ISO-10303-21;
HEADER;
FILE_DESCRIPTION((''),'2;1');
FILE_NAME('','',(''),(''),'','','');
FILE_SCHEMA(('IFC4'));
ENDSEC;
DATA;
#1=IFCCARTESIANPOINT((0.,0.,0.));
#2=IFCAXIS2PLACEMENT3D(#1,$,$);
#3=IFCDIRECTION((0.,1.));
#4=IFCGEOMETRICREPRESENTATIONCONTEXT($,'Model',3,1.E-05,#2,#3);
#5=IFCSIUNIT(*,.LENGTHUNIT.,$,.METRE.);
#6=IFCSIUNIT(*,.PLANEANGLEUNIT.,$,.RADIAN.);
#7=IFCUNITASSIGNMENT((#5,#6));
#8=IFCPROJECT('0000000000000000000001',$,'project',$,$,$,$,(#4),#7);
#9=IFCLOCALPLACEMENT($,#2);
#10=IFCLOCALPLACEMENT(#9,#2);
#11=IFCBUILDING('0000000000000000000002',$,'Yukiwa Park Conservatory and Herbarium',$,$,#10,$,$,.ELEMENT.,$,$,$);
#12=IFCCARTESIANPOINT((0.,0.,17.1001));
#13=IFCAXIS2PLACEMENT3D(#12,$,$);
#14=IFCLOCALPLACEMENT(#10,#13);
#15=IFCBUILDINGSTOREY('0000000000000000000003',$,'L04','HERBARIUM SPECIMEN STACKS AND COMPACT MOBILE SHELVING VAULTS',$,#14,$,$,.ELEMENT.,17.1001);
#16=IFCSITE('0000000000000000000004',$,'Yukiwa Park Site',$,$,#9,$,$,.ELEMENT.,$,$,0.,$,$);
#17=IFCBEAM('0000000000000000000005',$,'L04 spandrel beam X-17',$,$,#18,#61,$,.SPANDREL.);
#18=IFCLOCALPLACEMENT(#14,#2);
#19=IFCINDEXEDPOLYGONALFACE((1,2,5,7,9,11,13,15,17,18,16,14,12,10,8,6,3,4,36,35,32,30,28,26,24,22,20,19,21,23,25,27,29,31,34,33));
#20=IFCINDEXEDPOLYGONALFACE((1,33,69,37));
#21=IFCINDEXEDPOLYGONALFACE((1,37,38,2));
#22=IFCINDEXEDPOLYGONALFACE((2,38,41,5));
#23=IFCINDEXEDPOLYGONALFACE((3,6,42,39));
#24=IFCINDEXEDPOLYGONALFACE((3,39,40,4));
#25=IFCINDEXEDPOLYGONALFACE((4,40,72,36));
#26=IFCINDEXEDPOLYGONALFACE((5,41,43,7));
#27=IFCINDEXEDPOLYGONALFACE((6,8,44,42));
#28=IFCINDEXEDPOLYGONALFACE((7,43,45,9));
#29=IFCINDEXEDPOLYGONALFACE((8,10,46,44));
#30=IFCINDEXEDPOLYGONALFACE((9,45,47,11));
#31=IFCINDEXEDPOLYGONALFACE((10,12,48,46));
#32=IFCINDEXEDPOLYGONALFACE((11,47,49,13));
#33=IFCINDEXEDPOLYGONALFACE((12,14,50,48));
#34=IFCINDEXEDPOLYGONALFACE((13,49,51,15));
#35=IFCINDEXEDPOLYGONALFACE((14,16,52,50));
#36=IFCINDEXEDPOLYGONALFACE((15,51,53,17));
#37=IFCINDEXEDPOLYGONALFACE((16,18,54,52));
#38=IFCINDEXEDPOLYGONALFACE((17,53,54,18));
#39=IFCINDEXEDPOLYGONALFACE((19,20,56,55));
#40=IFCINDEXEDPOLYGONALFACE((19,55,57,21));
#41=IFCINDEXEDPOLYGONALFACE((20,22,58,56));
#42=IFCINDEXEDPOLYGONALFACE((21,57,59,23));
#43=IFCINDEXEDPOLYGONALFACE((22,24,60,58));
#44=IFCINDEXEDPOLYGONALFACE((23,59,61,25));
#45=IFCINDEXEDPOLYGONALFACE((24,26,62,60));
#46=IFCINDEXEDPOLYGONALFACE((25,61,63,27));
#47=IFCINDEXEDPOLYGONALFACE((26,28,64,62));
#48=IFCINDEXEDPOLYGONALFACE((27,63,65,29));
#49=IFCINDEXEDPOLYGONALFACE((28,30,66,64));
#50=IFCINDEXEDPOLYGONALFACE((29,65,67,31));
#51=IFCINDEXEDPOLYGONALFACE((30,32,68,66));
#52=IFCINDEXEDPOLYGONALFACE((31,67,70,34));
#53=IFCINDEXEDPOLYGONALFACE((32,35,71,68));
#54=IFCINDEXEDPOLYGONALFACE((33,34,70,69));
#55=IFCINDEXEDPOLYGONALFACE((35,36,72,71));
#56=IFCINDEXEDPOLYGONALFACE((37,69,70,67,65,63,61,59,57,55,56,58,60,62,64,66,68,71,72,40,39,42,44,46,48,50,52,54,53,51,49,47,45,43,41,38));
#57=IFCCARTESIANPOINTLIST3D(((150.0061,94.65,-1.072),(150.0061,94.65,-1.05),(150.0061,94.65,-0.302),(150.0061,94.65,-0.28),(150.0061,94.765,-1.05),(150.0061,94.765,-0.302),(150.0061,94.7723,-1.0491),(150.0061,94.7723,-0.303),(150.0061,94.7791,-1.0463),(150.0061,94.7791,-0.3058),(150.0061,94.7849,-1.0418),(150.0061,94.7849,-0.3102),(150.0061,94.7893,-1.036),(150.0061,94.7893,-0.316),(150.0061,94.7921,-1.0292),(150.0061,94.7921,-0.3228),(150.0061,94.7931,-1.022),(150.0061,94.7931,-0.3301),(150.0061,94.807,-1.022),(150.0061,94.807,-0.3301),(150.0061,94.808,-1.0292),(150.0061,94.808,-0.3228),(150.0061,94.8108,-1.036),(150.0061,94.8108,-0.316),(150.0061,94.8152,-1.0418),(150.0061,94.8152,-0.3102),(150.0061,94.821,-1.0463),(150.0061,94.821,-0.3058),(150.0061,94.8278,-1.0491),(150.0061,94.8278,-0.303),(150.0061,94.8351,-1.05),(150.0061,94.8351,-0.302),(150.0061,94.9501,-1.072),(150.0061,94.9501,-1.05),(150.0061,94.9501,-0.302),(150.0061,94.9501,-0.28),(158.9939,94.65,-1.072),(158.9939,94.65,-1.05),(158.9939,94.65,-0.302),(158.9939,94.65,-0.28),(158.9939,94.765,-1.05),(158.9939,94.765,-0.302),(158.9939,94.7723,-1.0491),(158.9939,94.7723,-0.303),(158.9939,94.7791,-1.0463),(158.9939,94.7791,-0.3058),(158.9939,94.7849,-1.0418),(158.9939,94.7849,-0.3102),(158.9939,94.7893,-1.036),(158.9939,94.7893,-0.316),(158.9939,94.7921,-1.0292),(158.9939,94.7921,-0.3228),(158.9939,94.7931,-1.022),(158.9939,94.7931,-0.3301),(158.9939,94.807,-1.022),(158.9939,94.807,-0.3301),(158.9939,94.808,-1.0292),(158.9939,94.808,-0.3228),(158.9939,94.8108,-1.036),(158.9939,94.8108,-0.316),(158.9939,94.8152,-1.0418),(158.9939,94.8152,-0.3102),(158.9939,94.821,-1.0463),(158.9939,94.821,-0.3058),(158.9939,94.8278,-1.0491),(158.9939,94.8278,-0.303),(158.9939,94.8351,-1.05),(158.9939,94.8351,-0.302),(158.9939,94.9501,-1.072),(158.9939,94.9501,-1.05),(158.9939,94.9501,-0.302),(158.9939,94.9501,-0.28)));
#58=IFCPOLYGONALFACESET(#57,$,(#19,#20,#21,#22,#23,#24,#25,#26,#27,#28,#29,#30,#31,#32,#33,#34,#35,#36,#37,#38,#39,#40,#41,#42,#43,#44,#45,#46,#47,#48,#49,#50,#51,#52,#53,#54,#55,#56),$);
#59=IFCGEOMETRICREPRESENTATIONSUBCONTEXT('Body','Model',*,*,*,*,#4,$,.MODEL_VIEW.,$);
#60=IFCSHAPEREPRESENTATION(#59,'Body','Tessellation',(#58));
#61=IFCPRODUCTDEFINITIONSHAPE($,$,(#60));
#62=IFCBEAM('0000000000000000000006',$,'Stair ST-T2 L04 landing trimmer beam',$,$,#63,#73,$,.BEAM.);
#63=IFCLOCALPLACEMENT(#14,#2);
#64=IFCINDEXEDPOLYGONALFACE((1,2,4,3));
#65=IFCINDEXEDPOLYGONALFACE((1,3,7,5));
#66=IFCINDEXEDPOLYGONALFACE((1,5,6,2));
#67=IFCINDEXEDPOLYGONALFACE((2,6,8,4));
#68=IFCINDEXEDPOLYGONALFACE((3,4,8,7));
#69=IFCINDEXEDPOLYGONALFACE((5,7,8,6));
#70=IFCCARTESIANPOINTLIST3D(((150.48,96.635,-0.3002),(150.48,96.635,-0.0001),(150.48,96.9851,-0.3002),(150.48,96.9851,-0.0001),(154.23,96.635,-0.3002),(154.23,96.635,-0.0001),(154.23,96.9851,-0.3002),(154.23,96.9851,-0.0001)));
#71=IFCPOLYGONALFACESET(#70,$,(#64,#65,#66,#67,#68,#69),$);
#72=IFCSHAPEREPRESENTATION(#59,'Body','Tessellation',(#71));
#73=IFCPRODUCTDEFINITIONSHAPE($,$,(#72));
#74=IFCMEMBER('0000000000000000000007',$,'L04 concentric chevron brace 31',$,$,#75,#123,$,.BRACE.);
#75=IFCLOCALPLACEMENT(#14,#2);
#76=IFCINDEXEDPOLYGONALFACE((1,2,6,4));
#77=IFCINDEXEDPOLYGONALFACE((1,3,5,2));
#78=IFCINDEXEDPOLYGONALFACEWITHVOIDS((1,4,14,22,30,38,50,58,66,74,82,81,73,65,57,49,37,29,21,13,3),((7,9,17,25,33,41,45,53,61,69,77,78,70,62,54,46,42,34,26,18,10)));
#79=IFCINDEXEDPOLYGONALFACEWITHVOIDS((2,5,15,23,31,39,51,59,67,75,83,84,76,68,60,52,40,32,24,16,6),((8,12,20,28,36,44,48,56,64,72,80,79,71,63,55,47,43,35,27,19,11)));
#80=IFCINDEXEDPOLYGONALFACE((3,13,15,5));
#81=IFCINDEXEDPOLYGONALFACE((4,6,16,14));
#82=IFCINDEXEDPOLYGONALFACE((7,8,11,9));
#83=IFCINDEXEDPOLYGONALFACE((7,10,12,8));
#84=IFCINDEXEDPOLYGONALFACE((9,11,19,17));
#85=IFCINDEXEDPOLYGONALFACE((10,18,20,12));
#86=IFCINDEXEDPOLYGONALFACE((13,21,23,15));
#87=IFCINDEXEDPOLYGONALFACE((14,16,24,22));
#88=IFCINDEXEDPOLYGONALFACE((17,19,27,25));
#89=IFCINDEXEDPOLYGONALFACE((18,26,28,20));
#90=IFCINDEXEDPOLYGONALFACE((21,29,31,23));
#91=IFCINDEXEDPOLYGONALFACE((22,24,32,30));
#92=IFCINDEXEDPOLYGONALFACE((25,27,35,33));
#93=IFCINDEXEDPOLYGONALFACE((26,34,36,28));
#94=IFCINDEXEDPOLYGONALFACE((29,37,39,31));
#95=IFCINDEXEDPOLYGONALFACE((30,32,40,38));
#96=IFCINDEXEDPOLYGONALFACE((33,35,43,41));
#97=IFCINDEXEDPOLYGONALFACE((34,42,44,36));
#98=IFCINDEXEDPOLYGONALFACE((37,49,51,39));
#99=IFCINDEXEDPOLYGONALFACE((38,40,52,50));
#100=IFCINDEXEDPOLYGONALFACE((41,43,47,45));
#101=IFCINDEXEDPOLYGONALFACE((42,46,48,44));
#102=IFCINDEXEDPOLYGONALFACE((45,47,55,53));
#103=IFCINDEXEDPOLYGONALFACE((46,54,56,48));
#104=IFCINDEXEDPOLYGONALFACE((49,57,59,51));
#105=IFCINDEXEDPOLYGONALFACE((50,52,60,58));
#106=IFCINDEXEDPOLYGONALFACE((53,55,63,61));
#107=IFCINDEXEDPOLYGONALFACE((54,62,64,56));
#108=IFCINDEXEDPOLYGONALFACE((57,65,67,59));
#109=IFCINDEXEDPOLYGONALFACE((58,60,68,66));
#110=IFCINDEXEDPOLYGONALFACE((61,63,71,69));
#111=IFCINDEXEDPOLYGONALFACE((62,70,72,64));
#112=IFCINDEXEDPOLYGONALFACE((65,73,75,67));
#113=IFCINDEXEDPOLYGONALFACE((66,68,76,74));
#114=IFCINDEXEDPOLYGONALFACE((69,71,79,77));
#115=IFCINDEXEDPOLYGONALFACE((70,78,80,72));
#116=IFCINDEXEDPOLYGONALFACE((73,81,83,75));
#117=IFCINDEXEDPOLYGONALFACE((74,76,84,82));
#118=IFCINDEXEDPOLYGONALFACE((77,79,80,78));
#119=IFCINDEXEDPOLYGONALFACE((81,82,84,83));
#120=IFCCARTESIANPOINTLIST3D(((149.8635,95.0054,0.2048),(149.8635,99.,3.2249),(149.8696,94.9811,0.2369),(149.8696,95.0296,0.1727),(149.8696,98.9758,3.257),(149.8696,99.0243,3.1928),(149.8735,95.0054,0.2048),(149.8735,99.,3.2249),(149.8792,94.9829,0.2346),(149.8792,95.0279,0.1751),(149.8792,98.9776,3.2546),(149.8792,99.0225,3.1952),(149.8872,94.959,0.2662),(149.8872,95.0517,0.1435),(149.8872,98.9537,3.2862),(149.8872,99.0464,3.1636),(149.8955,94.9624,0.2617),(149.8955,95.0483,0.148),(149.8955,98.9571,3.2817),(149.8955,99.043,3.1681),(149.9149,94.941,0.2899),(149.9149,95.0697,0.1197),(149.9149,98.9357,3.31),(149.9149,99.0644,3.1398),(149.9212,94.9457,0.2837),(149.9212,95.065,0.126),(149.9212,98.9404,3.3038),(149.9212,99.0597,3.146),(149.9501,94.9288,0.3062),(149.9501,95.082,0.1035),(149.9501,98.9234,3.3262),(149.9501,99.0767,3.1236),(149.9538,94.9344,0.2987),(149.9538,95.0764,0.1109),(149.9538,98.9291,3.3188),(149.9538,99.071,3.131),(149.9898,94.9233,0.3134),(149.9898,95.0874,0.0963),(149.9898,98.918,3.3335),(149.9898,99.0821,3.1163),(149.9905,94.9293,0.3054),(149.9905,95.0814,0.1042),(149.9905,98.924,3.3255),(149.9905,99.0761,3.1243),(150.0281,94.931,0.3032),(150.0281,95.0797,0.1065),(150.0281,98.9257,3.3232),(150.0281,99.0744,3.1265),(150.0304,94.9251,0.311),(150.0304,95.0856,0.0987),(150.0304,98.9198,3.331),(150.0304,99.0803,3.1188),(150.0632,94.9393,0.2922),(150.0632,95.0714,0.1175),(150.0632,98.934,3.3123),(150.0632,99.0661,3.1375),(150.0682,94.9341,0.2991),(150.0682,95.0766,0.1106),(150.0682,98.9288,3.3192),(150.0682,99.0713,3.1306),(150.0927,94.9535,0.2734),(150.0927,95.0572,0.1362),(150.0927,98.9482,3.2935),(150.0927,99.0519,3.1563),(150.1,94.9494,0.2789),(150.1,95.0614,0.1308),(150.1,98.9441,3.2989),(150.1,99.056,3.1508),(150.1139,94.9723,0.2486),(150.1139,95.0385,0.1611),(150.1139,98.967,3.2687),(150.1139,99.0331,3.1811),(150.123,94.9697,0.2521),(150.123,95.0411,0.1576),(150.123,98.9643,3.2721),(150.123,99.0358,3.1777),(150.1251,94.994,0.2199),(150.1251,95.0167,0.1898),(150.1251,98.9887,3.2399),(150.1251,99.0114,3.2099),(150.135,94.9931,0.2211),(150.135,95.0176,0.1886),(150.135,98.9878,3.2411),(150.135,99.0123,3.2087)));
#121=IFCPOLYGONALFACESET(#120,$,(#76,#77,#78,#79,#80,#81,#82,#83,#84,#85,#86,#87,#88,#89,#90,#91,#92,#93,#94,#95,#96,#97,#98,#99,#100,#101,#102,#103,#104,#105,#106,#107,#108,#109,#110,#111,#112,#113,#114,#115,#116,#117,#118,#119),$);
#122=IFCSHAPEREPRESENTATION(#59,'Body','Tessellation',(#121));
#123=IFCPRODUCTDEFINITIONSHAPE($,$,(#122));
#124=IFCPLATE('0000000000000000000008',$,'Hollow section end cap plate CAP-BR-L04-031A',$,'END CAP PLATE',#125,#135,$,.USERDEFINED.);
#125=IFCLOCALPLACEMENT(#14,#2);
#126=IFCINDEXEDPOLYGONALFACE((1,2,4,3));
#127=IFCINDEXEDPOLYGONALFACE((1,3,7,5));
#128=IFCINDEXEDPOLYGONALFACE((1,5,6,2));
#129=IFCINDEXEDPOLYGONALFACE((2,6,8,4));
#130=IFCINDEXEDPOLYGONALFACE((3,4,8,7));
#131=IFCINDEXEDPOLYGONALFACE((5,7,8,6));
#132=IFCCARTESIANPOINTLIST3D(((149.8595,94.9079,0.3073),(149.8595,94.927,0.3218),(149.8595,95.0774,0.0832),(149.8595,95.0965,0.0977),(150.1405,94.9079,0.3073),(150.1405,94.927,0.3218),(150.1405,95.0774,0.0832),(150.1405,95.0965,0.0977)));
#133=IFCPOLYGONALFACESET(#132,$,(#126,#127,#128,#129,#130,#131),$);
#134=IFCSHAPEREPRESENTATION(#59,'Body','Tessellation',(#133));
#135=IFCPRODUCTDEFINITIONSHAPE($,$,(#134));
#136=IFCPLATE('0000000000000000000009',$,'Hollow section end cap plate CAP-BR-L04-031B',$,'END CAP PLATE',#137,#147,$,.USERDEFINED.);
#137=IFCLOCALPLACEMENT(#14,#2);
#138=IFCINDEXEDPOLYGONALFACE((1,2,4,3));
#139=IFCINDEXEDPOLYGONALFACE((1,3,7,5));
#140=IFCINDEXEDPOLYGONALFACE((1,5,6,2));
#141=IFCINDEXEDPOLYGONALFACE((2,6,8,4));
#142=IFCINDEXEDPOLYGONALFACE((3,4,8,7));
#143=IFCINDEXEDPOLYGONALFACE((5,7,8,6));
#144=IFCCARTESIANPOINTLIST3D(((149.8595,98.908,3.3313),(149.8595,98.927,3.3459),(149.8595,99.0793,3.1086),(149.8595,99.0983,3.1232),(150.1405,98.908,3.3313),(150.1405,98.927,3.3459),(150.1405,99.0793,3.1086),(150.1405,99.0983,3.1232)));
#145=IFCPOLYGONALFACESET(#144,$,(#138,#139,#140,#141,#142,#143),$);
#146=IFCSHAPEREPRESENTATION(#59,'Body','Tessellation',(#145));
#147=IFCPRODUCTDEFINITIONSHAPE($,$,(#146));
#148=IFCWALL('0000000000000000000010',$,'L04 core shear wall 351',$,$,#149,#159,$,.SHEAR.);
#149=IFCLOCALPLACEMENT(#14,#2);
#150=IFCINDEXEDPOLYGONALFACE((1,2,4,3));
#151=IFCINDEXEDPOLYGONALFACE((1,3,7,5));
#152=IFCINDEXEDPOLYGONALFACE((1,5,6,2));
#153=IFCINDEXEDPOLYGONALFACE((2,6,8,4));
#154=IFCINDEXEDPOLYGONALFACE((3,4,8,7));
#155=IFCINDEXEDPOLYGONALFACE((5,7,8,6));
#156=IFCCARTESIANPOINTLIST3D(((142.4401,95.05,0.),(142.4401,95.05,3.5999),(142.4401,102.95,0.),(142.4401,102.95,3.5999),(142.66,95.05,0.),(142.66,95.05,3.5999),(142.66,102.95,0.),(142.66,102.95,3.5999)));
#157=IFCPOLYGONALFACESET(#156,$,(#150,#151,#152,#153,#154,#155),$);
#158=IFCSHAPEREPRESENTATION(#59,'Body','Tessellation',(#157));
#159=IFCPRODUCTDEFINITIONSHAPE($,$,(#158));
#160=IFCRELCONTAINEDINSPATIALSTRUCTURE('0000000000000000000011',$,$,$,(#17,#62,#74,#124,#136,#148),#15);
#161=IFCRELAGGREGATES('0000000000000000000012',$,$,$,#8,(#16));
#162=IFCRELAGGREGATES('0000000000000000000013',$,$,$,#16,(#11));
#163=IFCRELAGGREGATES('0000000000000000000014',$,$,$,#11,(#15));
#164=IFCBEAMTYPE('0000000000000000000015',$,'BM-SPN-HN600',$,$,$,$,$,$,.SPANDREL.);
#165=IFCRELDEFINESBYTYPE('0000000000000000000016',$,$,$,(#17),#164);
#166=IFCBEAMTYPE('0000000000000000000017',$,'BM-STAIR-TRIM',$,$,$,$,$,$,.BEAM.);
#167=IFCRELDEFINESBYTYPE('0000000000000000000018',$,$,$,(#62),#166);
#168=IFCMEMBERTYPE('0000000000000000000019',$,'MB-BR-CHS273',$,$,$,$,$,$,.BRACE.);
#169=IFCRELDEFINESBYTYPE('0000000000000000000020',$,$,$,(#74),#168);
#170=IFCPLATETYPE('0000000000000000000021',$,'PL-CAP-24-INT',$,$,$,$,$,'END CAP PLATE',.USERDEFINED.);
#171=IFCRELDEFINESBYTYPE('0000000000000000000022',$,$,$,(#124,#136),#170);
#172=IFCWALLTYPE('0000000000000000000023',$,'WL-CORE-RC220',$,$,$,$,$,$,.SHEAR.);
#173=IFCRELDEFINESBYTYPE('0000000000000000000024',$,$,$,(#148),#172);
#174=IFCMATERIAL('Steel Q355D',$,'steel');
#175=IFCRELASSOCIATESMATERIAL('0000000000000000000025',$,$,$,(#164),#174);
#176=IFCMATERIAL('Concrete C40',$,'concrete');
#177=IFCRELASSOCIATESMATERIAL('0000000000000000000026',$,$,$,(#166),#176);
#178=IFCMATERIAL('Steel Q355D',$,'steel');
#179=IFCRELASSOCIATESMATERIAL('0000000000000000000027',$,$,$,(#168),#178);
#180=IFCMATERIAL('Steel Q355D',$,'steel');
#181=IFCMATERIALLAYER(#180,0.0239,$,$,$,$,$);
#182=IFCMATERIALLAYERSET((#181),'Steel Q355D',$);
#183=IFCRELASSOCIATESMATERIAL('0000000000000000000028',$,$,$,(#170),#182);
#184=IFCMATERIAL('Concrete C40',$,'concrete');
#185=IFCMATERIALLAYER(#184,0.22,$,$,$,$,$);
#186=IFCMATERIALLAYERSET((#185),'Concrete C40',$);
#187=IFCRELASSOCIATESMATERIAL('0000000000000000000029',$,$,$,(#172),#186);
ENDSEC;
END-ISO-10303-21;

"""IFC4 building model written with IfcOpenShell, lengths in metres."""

from ifc_helpers import new_model, si_unit, direction, frame, frame_2d, origin, origin_2d, place, context, subcontext, project, spatial, rectangle, hollow_circle, i_section, extrude, material, layer, layer_set, material_profile, profile_set, type_object, element, save


model = new_model("IFC4")

# Units and contexts
model_context = context("Model", 3, precision=1e-05, world=origin(), true_north=direction((0.0, 1.0)))
body_context = subcontext(model_context, "Body", "Model", "MODEL_VIEW")
ifc_project = project(units=[si_unit("LENGTHUNIT", "METRE"), si_unit("PLANEANGLEUNIT", "RADIAN")], contexts=[model_context])

# Site, building, storey
site_placement = place(None, origin())
site = spatial("IfcSite", under=ifc_project, at=site_placement, Name="Yukiwa Park Site", CompositionType="ELEMENT", RefElevation=0.0)
building_placement = place(site_placement, origin())
building = spatial("IfcBuilding", under=site, at=building_placement, Name="Yukiwa Park Conservatory and Herbarium", CompositionType="ELEMENT")
storey_placement = place(building_placement, frame((0.0, 0.0, 17.1001)))
storey = spatial("IfcBuildingStorey", under=building, at=storey_placement, Name="L04", Description="HERBARIUM SPECIMEN STACKS AND COMPACT MOBILE SHELVING VAULTS", CompositionType="ELEMENT", Elevation=17.1001)

# Beams
ifc_material_1 = material(Name="Steel Q355D", Category="steel")
ifc_material_profile_1 = material_profile(ifc_material_1, i_section(OverallWidth=0.3, OverallDepth=0.792, WebThickness=0.0139, FlangeThickness=0.022, FilletRadius=0.0281, at=origin_2d()), Name="HN 792x300x14x22")
ifc_profile_set_1 = profile_set([ifc_material_profile_1], Name="Steel Q355D")
beam_type_1 = type_object("IfcBeamType", Name="BM-SPN-HN600", PredefinedType="SPANDREL", material=ifc_profile_set_1)
beam_1_placement = place(storey_placement, frame((150.0061, 94.8, -0.676), z_axis=(1.0, 0.0, 0.0), x_axis=(0.0, 1.0, 0.0)))
element("IfcBeam", 1, at=beam_1_placement, inside=storey, type_object=beam_type_1, Name="L04 spandrel beam X-17", PredefinedType="SPANDREL", context=body_context, shape_type="SweptSolid", body=[
    extrude(i_section(OverallWidth=0.3, OverallDepth=0.792, WebThickness=0.0139, FlangeThickness=0.022, FilletRadius=0.0281, at=origin_2d()), origin(), (0.0, 0.0, 1.0), 8.9878),
])
ifc_material_2 = material(Name="Concrete C40", Category="concrete")
ifc_material_profile_2 = material_profile(ifc_material_2, rectangle(XDim=0.3501, YDim=0.3, at=origin_2d()), Name="RC 350x300")
ifc_profile_set_2 = profile_set([ifc_material_profile_2], Name="Concrete C40")
beam_type_2 = type_object("IfcBeamType", Name="BM-STAIR-TRIM", PredefinedType="BEAM", material=ifc_profile_set_2)
beam_2_placement = place(storey_placement, frame((150.48, 96.8101, -0.1501), z_axis=(1.0, 0.0, 0.0), x_axis=(0.0, 1.0, 0.0)))
element("IfcBeam", 2, at=beam_2_placement, inside=storey, type_object=beam_type_2, Name="Stair ST-T2 L04 landing trimmer beam", PredefinedType="BEAM", context=body_context, shape_type="SweptSolid", body=[
    extrude(rectangle(XDim=0.3501, YDim=0.3, at=origin_2d()), origin(), (0.0, 0.0, 1.0), 3.75),
])

# Member
ifc_material_3 = material(Name="Steel Q355D", Category="steel")
ifc_material_profile_3 = material_profile(ifc_material_3, hollow_circle(Radius=0.1365, WallThickness=0.01, at=origin_2d()), Name="CHS 273x10")
ifc_profile_set_3 = profile_set([ifc_material_profile_3], Name="Steel Q355D")
member_type = type_object("IfcMemberType", Name="MB-BR-CHS273", PredefinedType="BRACE", material=ifc_profile_set_3)
member_placement = place(storey_placement, frame((150.0, 95.0054, 0.2048), z_axis=(0.0, 0.797689, 0.603069), x_axis=(-1.0, 0.0, 0.0)))
element("IfcMember", 3, at=member_placement, inside=storey, type_object=member_type, Name="L04 concentric chevron brace 31", PredefinedType="BRACE", context=body_context, shape_type="SweptSolid", body=[
    extrude(hollow_circle(Radius=0.1365, WallThickness=0.01, at=origin_2d()), origin(), (0.0, 0.0, 1.0), 5.0078),
])

# Plates
ifc_material_4 = material(Name="Steel Q355D", Category="steel")
ifc_layer_1 = layer(ifc_material_4, 0.0239)
ifc_layer_set_1 = layer_set([ifc_layer_1], Name="Steel Q355D")
plate_type = type_object("IfcPlateType", Name="PL-CAP-24-INT", ElementType="END CAP PLATE", PredefinedType="USERDEFINED", material=ifc_layer_set_1)
for number, where, z_axis, x_axis, name in (
    (4, (150.0, 95.0117, 0.2097), (0.0, -0.797539, -0.603267), (1.0, 0.0, 0.0), "Hollow section end cap plate CAP-BR-L04-031A"),
    (5, (150.0, 98.9937, 3.22), (0.0, 0.792624, 0.609711), (-1.0, 0.0, 0.0), "Hollow section end cap plate CAP-BR-L04-031B"),
):
    element("IfcPlate", number, at=place(storey_placement, frame(where, z_axis=z_axis, x_axis=x_axis)), inside=storey, type_object=plate_type, Name=name, ObjectType="END CAP PLATE", PredefinedType="USERDEFINED", context=body_context, shape_type="SweptSolid", body=[
        extrude(rectangle(XDim=0.281, YDim=0.281, at=origin_2d()), origin(), (0.0, 0.0, 1.0), 0.0239),
    ])

# Wall
ifc_material_5 = material(Name="Concrete C40", Category="concrete")
ifc_layer_2 = layer(ifc_material_5, 0.22)
ifc_layer_set_2 = layer_set([ifc_layer_2], Name="Concrete C40")
wall_type_1 = type_object("IfcWallType", Name="WL-CORE-RC220", PredefinedType="SHEAR", material=ifc_layer_set_2)
wall_1_placement = place(storey_placement, frame((142.55, 95.05, 0.0), z_axis=(0.0, 0.0, 1.0), x_axis=(0.0, 1.0, 0.0)))
element("IfcWall", 6, at=wall_1_placement, inside=storey, type_object=wall_type_1, Name="L04 core shear wall 351", PredefinedType="SHEAR", context=body_context, shape_type="SweptSolid", body=[
    extrude(rectangle(XDim=7.8999, YDim=0.22, at=frame_2d((3.95, 0.0))), origin(), (0.0, 0.0, 1.0), 3.5999),
])

save(model, "model.ifc")
